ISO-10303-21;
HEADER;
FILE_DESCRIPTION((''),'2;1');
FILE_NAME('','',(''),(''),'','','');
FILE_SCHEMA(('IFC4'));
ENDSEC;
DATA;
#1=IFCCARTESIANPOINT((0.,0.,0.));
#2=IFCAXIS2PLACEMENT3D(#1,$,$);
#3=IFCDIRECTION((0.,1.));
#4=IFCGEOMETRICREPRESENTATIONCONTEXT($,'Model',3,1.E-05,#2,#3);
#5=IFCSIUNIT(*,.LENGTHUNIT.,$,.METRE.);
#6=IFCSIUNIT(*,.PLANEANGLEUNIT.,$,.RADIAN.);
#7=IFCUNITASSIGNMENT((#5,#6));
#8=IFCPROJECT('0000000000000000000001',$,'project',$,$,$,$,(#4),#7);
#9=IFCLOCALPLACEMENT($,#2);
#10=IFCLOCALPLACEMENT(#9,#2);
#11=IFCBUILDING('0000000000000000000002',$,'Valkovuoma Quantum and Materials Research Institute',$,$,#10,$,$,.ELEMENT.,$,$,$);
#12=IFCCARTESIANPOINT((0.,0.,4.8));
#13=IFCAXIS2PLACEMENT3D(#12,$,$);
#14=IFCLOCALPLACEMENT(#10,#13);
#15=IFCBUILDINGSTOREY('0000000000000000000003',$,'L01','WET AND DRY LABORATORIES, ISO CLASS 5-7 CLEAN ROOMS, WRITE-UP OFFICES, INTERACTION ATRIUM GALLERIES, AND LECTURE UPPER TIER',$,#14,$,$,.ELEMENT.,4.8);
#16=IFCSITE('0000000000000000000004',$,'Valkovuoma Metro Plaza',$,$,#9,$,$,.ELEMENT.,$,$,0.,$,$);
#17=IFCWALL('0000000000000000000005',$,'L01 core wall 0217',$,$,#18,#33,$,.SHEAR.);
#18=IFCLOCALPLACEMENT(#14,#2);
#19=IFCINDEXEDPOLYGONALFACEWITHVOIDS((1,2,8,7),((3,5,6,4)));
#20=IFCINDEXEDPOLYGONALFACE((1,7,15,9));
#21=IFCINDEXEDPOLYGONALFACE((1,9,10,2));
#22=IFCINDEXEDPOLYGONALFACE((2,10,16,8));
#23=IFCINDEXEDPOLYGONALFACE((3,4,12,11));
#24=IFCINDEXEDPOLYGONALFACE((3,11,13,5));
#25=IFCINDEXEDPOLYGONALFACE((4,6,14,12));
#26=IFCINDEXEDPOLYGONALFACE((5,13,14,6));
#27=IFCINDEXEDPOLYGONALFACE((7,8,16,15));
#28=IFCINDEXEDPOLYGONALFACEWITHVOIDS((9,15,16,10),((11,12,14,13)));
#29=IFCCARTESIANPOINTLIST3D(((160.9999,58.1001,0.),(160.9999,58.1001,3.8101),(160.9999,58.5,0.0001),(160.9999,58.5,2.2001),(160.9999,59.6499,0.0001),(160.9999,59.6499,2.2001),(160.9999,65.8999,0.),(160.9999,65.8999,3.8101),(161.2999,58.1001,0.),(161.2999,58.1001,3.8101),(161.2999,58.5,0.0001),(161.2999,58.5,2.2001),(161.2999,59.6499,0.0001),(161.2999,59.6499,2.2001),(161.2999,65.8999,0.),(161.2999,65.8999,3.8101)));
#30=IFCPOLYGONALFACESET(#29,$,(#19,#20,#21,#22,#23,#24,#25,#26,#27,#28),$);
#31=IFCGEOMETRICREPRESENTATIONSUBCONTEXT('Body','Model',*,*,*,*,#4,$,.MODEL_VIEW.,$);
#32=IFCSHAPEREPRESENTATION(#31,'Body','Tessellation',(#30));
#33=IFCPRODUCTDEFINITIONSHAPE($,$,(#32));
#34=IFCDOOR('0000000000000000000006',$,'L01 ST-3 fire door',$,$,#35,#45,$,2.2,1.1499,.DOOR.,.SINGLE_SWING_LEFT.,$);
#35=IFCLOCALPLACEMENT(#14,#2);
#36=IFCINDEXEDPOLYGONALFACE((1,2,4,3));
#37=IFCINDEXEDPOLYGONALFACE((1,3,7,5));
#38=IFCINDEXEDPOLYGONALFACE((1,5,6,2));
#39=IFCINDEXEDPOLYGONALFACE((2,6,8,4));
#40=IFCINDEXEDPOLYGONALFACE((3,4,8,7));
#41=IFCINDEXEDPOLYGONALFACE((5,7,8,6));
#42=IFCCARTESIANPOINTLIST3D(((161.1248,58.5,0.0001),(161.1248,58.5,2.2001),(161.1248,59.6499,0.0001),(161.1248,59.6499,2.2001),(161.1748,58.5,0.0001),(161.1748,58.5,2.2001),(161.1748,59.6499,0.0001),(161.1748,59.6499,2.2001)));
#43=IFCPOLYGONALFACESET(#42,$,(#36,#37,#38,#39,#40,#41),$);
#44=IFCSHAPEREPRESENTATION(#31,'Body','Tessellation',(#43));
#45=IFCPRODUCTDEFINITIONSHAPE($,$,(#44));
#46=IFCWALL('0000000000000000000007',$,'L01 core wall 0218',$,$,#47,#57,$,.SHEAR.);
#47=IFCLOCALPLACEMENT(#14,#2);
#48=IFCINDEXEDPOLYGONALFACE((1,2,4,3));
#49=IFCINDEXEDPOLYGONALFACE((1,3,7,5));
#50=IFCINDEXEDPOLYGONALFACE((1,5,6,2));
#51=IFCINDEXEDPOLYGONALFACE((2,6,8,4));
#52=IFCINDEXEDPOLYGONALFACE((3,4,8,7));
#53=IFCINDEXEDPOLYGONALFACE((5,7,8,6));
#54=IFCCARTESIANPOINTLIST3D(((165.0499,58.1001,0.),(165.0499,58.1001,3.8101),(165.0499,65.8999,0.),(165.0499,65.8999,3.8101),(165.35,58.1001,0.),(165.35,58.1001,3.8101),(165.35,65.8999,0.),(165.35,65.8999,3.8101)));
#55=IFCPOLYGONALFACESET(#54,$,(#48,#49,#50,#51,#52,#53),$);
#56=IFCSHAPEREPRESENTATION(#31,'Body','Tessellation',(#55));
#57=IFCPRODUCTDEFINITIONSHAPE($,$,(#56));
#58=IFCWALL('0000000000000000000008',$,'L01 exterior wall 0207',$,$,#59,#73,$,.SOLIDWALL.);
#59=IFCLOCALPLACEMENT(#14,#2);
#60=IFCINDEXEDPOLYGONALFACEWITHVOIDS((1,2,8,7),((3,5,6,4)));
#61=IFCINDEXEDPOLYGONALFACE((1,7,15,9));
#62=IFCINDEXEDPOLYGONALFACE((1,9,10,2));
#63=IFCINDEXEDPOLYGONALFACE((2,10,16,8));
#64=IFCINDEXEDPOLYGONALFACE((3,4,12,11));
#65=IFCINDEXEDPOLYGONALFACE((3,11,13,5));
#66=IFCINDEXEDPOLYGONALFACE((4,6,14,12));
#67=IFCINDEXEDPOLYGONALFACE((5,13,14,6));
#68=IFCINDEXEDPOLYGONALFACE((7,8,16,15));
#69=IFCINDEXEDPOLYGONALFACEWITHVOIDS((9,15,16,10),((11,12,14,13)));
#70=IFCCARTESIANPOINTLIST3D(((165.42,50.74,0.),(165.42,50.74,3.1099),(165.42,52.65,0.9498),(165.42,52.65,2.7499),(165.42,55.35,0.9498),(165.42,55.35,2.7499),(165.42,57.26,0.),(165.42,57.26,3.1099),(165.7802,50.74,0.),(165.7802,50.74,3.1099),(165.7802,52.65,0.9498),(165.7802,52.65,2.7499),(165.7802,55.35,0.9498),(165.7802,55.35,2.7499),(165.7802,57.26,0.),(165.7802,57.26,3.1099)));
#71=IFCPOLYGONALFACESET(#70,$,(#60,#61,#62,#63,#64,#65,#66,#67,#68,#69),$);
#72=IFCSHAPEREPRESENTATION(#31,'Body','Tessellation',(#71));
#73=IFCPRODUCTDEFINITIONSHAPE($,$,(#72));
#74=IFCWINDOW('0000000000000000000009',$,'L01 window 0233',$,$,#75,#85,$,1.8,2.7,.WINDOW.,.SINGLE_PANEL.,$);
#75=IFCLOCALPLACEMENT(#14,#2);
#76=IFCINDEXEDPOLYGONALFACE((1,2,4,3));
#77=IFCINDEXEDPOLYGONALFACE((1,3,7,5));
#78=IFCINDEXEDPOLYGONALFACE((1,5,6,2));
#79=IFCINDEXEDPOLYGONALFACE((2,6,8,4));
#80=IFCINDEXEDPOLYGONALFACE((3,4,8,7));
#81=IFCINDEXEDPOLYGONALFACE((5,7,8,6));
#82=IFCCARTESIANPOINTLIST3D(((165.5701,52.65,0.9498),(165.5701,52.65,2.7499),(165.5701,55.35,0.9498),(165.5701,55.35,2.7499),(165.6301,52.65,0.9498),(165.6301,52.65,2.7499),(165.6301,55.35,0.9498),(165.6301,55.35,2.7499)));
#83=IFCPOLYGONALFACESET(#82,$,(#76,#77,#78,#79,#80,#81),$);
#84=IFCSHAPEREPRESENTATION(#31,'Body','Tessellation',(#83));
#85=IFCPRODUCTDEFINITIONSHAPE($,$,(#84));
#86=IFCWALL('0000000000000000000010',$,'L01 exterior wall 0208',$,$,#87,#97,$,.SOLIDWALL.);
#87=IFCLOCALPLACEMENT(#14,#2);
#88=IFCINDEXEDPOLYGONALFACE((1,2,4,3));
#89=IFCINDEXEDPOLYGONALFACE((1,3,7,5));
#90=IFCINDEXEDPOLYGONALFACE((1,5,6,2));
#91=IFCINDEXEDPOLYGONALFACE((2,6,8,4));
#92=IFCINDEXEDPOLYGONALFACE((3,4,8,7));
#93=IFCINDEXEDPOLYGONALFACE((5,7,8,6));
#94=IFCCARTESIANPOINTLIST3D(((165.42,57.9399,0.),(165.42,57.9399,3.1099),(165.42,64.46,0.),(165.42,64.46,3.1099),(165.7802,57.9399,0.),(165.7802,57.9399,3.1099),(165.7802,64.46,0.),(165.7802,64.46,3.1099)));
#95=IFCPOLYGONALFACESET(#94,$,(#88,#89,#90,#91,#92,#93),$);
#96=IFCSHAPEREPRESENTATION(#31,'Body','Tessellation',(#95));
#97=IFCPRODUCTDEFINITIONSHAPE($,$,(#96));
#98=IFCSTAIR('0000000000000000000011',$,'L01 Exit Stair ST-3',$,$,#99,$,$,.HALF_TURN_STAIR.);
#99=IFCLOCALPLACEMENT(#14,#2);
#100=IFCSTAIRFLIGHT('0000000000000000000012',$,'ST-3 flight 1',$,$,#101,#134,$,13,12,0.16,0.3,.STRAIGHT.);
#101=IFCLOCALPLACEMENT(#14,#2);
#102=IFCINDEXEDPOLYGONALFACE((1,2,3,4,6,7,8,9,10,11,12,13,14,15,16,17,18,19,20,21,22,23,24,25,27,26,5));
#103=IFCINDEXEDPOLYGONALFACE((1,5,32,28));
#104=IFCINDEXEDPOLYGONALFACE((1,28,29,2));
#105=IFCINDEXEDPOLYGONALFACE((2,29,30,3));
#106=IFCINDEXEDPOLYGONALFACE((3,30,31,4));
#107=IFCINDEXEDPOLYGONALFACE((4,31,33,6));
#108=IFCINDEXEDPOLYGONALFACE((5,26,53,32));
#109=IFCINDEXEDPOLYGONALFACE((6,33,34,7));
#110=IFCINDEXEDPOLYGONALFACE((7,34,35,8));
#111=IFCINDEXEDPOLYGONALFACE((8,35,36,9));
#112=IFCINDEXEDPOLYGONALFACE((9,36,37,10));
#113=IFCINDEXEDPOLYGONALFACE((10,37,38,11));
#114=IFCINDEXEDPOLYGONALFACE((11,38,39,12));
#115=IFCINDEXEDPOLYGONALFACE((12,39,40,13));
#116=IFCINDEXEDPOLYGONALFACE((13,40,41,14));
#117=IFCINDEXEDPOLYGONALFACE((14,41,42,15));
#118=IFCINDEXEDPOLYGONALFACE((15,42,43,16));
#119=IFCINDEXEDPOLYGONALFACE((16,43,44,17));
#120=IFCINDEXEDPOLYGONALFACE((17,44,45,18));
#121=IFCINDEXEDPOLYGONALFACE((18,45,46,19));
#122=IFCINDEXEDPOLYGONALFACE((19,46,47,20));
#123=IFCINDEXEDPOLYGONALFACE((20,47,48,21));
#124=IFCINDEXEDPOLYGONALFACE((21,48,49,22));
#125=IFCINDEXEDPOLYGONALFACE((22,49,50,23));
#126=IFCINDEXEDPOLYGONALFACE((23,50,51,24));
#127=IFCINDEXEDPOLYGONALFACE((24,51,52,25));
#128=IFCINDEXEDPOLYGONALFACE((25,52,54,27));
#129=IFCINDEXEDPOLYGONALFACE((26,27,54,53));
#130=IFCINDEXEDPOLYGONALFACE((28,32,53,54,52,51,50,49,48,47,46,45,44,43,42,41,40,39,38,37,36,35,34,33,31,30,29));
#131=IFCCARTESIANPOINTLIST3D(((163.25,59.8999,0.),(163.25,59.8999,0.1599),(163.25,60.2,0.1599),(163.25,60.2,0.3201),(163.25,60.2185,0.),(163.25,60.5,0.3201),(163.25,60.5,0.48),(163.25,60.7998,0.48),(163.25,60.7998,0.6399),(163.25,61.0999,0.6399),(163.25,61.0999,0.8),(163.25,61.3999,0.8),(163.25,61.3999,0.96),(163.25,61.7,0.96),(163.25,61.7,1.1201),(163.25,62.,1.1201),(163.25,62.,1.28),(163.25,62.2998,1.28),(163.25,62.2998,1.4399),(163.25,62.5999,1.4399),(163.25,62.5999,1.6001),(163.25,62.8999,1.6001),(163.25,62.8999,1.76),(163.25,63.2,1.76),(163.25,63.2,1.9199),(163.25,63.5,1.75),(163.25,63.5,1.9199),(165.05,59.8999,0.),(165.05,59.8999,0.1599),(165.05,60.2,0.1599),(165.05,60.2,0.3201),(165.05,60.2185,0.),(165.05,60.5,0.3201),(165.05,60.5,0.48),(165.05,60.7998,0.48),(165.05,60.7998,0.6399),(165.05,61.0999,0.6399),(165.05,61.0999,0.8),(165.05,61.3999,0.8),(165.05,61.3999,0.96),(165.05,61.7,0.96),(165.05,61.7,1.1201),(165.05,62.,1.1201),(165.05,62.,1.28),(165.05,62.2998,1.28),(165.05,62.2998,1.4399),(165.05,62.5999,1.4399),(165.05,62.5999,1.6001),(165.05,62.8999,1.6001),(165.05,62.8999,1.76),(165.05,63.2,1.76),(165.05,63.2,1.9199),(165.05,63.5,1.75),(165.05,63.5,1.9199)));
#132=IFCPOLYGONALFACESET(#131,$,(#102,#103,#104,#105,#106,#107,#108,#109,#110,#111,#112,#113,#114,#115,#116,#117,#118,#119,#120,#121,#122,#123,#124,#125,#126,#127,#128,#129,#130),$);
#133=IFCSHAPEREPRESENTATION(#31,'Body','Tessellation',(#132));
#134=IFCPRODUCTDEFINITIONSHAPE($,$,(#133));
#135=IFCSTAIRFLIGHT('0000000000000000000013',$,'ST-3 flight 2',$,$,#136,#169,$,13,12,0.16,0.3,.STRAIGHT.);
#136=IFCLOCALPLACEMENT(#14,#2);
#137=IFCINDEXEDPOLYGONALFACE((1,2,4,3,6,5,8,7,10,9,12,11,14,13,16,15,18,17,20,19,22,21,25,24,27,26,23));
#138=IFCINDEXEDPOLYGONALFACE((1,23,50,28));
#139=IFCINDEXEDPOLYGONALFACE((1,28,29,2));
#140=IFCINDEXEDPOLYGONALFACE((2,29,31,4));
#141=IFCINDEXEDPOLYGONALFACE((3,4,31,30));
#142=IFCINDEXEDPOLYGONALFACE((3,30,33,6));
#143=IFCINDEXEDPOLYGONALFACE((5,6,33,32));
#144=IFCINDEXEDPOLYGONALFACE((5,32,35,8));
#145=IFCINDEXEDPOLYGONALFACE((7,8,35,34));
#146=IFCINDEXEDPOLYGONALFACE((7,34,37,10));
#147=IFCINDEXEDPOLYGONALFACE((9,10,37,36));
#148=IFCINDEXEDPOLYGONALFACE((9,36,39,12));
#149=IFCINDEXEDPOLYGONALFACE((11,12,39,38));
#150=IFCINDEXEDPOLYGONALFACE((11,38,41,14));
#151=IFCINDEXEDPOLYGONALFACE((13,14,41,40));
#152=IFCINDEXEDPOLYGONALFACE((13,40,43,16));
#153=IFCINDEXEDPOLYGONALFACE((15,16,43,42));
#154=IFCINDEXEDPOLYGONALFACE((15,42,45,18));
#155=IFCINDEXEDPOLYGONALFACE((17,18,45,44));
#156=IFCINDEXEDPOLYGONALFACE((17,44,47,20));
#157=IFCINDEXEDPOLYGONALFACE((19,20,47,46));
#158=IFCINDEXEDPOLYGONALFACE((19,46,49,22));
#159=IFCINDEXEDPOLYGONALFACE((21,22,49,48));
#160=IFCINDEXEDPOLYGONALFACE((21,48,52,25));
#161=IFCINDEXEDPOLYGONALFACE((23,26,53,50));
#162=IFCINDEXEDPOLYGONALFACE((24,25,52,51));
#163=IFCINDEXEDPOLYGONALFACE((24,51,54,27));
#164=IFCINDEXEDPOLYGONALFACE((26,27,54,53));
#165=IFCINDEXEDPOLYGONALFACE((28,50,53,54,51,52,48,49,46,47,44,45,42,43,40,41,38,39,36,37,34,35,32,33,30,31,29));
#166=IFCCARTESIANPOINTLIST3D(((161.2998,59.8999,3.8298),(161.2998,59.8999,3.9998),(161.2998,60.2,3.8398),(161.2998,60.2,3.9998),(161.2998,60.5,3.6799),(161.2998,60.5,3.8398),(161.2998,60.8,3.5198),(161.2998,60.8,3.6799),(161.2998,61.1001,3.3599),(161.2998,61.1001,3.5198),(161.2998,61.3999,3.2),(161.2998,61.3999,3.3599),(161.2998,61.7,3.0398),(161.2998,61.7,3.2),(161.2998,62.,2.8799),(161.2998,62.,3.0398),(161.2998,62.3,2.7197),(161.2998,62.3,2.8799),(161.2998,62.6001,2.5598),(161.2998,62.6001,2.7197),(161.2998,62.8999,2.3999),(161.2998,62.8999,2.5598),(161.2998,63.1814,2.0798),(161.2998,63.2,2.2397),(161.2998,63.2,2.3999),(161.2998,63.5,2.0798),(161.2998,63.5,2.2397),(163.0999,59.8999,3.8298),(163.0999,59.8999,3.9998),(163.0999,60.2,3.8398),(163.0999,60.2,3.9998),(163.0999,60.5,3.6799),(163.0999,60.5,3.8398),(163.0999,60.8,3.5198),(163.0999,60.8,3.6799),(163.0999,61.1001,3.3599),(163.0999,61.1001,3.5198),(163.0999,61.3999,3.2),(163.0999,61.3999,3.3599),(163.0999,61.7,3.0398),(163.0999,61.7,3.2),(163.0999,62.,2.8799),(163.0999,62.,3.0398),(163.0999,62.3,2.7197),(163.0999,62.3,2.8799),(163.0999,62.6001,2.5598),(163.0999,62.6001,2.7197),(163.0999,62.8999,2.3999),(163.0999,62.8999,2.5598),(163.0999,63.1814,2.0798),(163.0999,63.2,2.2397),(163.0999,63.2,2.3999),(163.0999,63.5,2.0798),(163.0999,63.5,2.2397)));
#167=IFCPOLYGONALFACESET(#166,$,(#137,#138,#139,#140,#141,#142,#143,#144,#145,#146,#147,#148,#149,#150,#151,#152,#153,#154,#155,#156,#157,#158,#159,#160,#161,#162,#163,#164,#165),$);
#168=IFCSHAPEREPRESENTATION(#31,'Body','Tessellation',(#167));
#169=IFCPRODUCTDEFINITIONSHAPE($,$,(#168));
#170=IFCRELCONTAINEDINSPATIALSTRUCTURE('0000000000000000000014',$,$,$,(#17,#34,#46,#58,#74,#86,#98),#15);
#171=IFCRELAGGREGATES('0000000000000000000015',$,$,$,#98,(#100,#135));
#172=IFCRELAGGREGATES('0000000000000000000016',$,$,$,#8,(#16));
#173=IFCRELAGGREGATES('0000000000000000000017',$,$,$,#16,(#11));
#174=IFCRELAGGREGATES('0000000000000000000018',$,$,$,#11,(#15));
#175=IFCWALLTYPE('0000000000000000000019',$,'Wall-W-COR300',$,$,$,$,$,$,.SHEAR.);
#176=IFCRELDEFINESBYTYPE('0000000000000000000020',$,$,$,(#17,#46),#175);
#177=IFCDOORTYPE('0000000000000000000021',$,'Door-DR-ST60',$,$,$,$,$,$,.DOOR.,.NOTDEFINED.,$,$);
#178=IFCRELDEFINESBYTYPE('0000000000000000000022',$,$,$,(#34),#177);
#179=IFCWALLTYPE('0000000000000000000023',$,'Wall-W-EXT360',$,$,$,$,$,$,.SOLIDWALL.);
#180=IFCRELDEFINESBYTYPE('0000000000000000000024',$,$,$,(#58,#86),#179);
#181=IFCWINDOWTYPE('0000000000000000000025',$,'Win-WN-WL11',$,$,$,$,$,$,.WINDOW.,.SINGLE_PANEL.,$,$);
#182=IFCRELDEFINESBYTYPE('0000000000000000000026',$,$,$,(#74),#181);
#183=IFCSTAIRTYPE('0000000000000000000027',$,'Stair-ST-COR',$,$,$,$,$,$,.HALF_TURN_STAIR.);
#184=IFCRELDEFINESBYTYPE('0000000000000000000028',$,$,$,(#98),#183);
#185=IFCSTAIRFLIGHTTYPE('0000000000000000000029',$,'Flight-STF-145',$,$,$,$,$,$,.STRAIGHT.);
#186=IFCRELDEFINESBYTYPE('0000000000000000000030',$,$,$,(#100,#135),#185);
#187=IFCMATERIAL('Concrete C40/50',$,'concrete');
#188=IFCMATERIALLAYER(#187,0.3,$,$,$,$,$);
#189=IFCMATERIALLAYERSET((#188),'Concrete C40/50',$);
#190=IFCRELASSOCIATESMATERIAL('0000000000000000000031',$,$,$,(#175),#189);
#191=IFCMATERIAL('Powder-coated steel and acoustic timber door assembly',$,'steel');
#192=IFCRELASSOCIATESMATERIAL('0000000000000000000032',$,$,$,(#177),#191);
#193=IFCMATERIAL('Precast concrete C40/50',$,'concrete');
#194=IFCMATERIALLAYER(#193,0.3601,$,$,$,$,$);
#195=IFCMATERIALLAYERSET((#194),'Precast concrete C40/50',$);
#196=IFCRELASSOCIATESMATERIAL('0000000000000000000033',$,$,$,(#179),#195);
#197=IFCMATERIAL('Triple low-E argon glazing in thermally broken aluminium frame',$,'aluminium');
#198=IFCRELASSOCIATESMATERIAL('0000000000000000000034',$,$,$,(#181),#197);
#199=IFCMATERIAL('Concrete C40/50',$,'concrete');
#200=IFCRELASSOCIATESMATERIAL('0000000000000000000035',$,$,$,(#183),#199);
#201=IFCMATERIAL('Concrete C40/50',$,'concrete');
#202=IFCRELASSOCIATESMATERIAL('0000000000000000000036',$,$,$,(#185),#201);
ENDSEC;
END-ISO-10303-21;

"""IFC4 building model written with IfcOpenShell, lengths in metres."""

from ifc_helpers import new_model, si_unit, direction, frame, frame_2d, origin, place, context, subcontext, project, spatial, polyline, rectangle, outline, extrude, material, layer, layer_set, type_object, element, fill, aggregate, save


model = new_model("IFC4")

# Units and contexts
model_context = context("Model", 3, precision=1e-05, world=origin(), true_north=direction((0.0, 1.0)))
body_context = subcontext(model_context, "Body", "Model", "MODEL_VIEW")
ifc_project = project(units=[si_unit("LENGTHUNIT", "METRE"), si_unit("PLANEANGLEUNIT", "RADIAN")], contexts=[model_context])

# Site, building, storey
site_placement = place(None, origin())
site = spatial("IfcSite", under=ifc_project, at=site_placement, Name="Valkovuoma Metro Plaza", CompositionType="ELEMENT", RefElevation=0.0)
building_placement = place(site_placement, origin())
building = spatial("IfcBuilding", under=site, at=building_placement, Name="Valkovuoma Quantum and Materials Research Institute", CompositionType="ELEMENT")
storey_placement = place(building_placement, frame((0.0, 0.0, 4.8)))
storey = spatial("IfcBuildingStorey", under=building, at=storey_placement, Name="L01", Description="WET AND DRY LABORATORIES, ISO CLASS 5-7 CLEAN ROOMS, WRITE-UP OFFICES, INTERACTION ATRIUM GALLERIES, AND LECTURE UPPER TIER", CompositionType="ELEMENT", Elevation=4.8)

# Shared definitions
ifc_material_1 = material(Name="Concrete C40/50", Category="concrete")
ifc_layer_1 = layer(ifc_material_1, 0.3)
ifc_layer_set_1 = layer_set([ifc_layer_1], Name="Concrete C40/50")
wall_type_1 = type_object("IfcWallType", Name="Wall-W-COR300", PredefinedType="SHEAR", material=ifc_layer_set_1)

# Wall, opening, door
wall_1_placement = place(storey_placement, frame((161.1499, 58.1001, 0.0), z_axis=(0.0, 0.0, 1.0), x_axis=(0.0, 1.0, 0.0)))
wall_1 = element("IfcWall", 1, at=wall_1_placement, inside=storey, type_object=wall_type_1, Name="L01 core wall 0217", PredefinedType="SHEAR", context=body_context, shape_type="SweptSolid", body=[
    extrude(rectangle(XDim=7.7998, YDim=0.3, at=frame_2d((3.8999, 0.0))), origin(), (0.0, 0.0, 1.0), 3.8101),
])
opening_1_placement = place(wall_1_placement, frame((0.3999, 0.0, 0.0)))
opening_1 = element("IfcOpeningElement", 2, at=opening_1_placement, cuts=wall_1, PredefinedType="OPENING", context=body_context, shape_type="SweptSolid", body=[
    extrude(rectangle(XDim=1.1499, YDim=2.2, at=frame_2d((0.575, 1.1001))), frame((0.0, 0.1602, 0.0), z_axis=(0.0, -1.0, 0.0), x_axis=(1.0, 0.0, 0.0)), (0.0, 0.0, 1.0), 0.3201),
])
ifc_material_2 = material(Name="Powder-coated steel and acoustic timber door assembly", Category="steel")
door_type = type_object("IfcDoorType", Name="Door-DR-ST60", OperationType="NOTDEFINED", PredefinedType="DOOR", material=ifc_material_2)
door_placement = place(opening_1_placement, frame((1.1499, 0.0, 0.0), z_axis=(0.0, 0.0, 1.0), x_axis=(-1.0, 0.0, 0.0)))
door = element("IfcDoor", 3, at=door_placement, inside=storey, type_object=door_type, Name="L01 ST-3 fire door", OperationType="SINGLE_SWING_LEFT", OverallHeight=2.2, OverallWidth=1.1499, PredefinedType="DOOR", context=body_context, shape_type="SweptSolid", body=[
    extrude(rectangle(XDim=1.1499, YDim=2.2, at=frame_2d((0.575, 1.1001))), frame((0.0, 0.0249, 0.0), z_axis=(0.0, -1.0, 0.0), x_axis=(1.0, 0.0, 0.0)), (0.0, 0.0, 1.0), 0.05),
])
fill(opening_1, door)

# Wall
wall_2_placement = place(storey_placement, frame((165.2, 58.1001, 0.0), z_axis=(0.0, 0.0, 1.0), x_axis=(0.0, 1.0, 0.0)))
element("IfcWall", 4, at=wall_2_placement, inside=storey, type_object=wall_type_1, Name="L01 core wall 0218", PredefinedType="SHEAR", context=body_context, shape_type="SweptSolid", body=[
    extrude(rectangle(XDim=7.7998, YDim=0.3, at=frame_2d((3.8999, 0.0))), origin(), (0.0, 0.0, 1.0), 3.8101),
])

# Wall, opening, window
ifc_material_3 = material(Name="Precast concrete C40/50", Category="concrete")
ifc_layer_2 = layer(ifc_material_3, 0.3601)
ifc_layer_set_2 = layer_set([ifc_layer_2], Name="Precast concrete C40/50")
wall_type_2 = type_object("IfcWallType", Name="Wall-W-EXT360", PredefinedType="SOLIDWALL", material=ifc_layer_set_2)
wall_3_placement = place(storey_placement, frame((165.6001, 50.74, 0.0), z_axis=(0.0, 0.0, 1.0), x_axis=(0.0, 1.0, 0.0)))
wall_3 = element("IfcWall", 5, at=wall_3_placement, inside=storey, type_object=wall_type_2, Name="L01 exterior wall 0207", PredefinedType="SOLIDWALL", context=body_context, shape_type="SweptSolid", body=[
    extrude(rectangle(XDim=6.52, YDim=0.3601, at=frame_2d((3.26, 0.0))), origin(), (0.0, 0.0, 1.0), 3.1099),
])
opening_2_placement = place(wall_3_placement, frame((1.9099, 0.0, 0.95)))
opening_2 = element("IfcOpeningElement", 6, at=opening_2_placement, cuts=wall_3, PredefinedType="OPENING", context=body_context, shape_type="SweptSolid", body=[
    extrude(rectangle(XDim=2.7, YDim=1.8, at=frame_2d((1.3501, 0.8999))), frame((0.0, 0.1899, 0.0), z_axis=(0.0, -1.0, 0.0), x_axis=(1.0, 0.0, 0.0)), (0.0, 0.0, 1.0), 0.3801),
])
ifc_material_4 = material(Name="Triple low-E argon glazing in thermally broken aluminium frame", Category="aluminium")
window_type = type_object("IfcWindowType", Name="Win-WN-WL11", PartitioningType="SINGLE_PANEL", PredefinedType="WINDOW", material=ifc_material_4)
window_placement = place(opening_2_placement, origin())
window = element("IfcWindow", 7, at=window_placement, inside=storey, type_object=window_type, Name="L01 window 0233", OverallHeight=1.8, OverallWidth=2.7, PartitioningType="SINGLE_PANEL", PredefinedType="WINDOW", context=body_context, shape_type="SweptSolid", body=[
    extrude(rectangle(XDim=2.7, YDim=1.8, at=frame_2d((1.3501, 0.8999))), frame((0.0, 0.03, 0.0), z_axis=(0.0, -1.0, 0.0), x_axis=(1.0, 0.0, 0.0)), (0.0, 0.0, 1.0), 0.0601),
])
fill(opening_2, window)

# Wall
wall_4_placement = place(storey_placement, frame((165.6001, 57.9399, 0.0), z_axis=(0.0, 0.0, 1.0), x_axis=(0.0, 1.0, 0.0)))
element("IfcWall", 8, at=wall_4_placement, inside=storey, type_object=wall_type_2, Name="L01 exterior wall 0208", PredefinedType="SOLIDWALL", context=body_context, shape_type="SweptSolid", body=[
    extrude(rectangle(XDim=6.52, YDim=0.3601, at=frame_2d((3.26, 0.0))), origin(), (0.0, 0.0, 1.0), 3.1099),
])

# Stair, stair flights
ifc_material_5 = material(Name="Concrete C40/50", Category="concrete")
stair_type = type_object("IfcStairType", Name="Stair-ST-COR", PredefinedType="HALF_TURN_STAIR", material=ifc_material_5)
stair_placement = place(storey_placement, origin())
stair = element("IfcStair", 9, at=stair_placement, inside=storey, type_object=stair_type, Name="L01 Exit Stair ST-3", PredefinedType="HALF_TURN_STAIR")
ifc_material_6 = material(Name="Concrete C40/50", Category="concrete")
stair_flight_type = type_object("IfcStairFlightType", Name="Flight-STF-145", PredefinedType="STRAIGHT", material=ifc_material_6)
stair_flight_1_placement = place(storey_placement, frame((164.1499, 59.8999, 0.0), z_axis=(0.0, 0.0, 1.0), x_axis=(0.0, 1.0, 0.0)))
stair_flight_1 = element("IfcStairFlight", 10, at=stair_flight_1_placement, type_object=stair_flight_type, Name="ST-3 flight 1", NumberOfRisers=13, NumberOfTreads=12, PredefinedType="STRAIGHT", RiserHeight=0.16, TreadLength=0.3, context=body_context, shape_type="SweptSolid", body=[
    extrude(outline(polyline([(0.0, 0.0), (0.0, 0.1599), (0.3, 0.1599), (0.3, 0.3201), (0.6001, 0.3201), (0.6001, 0.48), (0.8999, 0.48), (0.8999, 0.6399), (1.2, 0.6399), (1.2, 0.8), (1.5, 0.8), (1.5, 0.96), (1.8, 0.96), (1.8, 1.1201), (2.1001, 1.1201), (2.1001, 1.28), (2.3999, 1.28), (2.3999, 1.4399), (2.7, 1.4399), (2.7, 1.6001), (3.0, 1.6001), (3.0, 1.76), (3.3, 1.76), (3.3, 1.9199), (3.6001, 1.9199), (3.6001, 2.0801), (3.6001, 1.75), (0.3186, 0.0), (0.0, 0.0)])), frame((0.0, 0.8999, 0.0), z_axis=(0.0, -1.0, 0.0), x_axis=(1.0, 0.0, 0.0)), (0.0, 0.0, 1.0), 1.8),
])
stair_flight_2_placement = place(storey_placement, frame((162.2, 63.5, 2.0798), z_axis=(0.0, 0.0, 1.0), x_axis=(0.0, -1.0, 0.0)))
stair_flight_2 = element("IfcStairFlight", 11, at=stair_flight_2_placement, type_object=stair_flight_type, Name="ST-3 flight 2", NumberOfRisers=13, NumberOfTreads=12, PredefinedType="STRAIGHT", RiserHeight=0.16, TreadLength=0.3, context=body_context, shape_type="SweptSolid", body=[
    extrude(outline(polyline([(0.0, 0.0), (0.0, 0.1599), (0.3, 0.1599), (0.3, 0.3201), (0.6001, 0.3201), (0.6001, 0.48), (0.8999, 0.48), (0.8999, 0.6399), (1.2, 0.6399), (1.2, 0.8), (1.5, 0.8), (1.5, 0.96), (1.8, 0.96), (1.8, 1.1201), (2.1001, 1.1201), (2.1001, 1.28), (2.3999, 1.28), (2.3999, 1.4399), (2.7, 1.4399), (2.7, 1.6001), (3.0, 1.6001), (3.0, 1.76), (3.3, 1.76), (3.3, 1.9199), (3.6001, 1.9199), (3.6001, 2.0801), (3.6001, 1.75), (0.3186, 0.0), (0.0, 0.0)])), frame((0.0, 0.8999, 0.0), z_axis=(0.0, -1.0, 0.0), x_axis=(1.0, 0.0, 0.0)), (0.0, 0.0, 1.0), 1.8),
])
aggregate(stair, [stair_flight_1, stair_flight_2])

save(model, "model.ifc")
